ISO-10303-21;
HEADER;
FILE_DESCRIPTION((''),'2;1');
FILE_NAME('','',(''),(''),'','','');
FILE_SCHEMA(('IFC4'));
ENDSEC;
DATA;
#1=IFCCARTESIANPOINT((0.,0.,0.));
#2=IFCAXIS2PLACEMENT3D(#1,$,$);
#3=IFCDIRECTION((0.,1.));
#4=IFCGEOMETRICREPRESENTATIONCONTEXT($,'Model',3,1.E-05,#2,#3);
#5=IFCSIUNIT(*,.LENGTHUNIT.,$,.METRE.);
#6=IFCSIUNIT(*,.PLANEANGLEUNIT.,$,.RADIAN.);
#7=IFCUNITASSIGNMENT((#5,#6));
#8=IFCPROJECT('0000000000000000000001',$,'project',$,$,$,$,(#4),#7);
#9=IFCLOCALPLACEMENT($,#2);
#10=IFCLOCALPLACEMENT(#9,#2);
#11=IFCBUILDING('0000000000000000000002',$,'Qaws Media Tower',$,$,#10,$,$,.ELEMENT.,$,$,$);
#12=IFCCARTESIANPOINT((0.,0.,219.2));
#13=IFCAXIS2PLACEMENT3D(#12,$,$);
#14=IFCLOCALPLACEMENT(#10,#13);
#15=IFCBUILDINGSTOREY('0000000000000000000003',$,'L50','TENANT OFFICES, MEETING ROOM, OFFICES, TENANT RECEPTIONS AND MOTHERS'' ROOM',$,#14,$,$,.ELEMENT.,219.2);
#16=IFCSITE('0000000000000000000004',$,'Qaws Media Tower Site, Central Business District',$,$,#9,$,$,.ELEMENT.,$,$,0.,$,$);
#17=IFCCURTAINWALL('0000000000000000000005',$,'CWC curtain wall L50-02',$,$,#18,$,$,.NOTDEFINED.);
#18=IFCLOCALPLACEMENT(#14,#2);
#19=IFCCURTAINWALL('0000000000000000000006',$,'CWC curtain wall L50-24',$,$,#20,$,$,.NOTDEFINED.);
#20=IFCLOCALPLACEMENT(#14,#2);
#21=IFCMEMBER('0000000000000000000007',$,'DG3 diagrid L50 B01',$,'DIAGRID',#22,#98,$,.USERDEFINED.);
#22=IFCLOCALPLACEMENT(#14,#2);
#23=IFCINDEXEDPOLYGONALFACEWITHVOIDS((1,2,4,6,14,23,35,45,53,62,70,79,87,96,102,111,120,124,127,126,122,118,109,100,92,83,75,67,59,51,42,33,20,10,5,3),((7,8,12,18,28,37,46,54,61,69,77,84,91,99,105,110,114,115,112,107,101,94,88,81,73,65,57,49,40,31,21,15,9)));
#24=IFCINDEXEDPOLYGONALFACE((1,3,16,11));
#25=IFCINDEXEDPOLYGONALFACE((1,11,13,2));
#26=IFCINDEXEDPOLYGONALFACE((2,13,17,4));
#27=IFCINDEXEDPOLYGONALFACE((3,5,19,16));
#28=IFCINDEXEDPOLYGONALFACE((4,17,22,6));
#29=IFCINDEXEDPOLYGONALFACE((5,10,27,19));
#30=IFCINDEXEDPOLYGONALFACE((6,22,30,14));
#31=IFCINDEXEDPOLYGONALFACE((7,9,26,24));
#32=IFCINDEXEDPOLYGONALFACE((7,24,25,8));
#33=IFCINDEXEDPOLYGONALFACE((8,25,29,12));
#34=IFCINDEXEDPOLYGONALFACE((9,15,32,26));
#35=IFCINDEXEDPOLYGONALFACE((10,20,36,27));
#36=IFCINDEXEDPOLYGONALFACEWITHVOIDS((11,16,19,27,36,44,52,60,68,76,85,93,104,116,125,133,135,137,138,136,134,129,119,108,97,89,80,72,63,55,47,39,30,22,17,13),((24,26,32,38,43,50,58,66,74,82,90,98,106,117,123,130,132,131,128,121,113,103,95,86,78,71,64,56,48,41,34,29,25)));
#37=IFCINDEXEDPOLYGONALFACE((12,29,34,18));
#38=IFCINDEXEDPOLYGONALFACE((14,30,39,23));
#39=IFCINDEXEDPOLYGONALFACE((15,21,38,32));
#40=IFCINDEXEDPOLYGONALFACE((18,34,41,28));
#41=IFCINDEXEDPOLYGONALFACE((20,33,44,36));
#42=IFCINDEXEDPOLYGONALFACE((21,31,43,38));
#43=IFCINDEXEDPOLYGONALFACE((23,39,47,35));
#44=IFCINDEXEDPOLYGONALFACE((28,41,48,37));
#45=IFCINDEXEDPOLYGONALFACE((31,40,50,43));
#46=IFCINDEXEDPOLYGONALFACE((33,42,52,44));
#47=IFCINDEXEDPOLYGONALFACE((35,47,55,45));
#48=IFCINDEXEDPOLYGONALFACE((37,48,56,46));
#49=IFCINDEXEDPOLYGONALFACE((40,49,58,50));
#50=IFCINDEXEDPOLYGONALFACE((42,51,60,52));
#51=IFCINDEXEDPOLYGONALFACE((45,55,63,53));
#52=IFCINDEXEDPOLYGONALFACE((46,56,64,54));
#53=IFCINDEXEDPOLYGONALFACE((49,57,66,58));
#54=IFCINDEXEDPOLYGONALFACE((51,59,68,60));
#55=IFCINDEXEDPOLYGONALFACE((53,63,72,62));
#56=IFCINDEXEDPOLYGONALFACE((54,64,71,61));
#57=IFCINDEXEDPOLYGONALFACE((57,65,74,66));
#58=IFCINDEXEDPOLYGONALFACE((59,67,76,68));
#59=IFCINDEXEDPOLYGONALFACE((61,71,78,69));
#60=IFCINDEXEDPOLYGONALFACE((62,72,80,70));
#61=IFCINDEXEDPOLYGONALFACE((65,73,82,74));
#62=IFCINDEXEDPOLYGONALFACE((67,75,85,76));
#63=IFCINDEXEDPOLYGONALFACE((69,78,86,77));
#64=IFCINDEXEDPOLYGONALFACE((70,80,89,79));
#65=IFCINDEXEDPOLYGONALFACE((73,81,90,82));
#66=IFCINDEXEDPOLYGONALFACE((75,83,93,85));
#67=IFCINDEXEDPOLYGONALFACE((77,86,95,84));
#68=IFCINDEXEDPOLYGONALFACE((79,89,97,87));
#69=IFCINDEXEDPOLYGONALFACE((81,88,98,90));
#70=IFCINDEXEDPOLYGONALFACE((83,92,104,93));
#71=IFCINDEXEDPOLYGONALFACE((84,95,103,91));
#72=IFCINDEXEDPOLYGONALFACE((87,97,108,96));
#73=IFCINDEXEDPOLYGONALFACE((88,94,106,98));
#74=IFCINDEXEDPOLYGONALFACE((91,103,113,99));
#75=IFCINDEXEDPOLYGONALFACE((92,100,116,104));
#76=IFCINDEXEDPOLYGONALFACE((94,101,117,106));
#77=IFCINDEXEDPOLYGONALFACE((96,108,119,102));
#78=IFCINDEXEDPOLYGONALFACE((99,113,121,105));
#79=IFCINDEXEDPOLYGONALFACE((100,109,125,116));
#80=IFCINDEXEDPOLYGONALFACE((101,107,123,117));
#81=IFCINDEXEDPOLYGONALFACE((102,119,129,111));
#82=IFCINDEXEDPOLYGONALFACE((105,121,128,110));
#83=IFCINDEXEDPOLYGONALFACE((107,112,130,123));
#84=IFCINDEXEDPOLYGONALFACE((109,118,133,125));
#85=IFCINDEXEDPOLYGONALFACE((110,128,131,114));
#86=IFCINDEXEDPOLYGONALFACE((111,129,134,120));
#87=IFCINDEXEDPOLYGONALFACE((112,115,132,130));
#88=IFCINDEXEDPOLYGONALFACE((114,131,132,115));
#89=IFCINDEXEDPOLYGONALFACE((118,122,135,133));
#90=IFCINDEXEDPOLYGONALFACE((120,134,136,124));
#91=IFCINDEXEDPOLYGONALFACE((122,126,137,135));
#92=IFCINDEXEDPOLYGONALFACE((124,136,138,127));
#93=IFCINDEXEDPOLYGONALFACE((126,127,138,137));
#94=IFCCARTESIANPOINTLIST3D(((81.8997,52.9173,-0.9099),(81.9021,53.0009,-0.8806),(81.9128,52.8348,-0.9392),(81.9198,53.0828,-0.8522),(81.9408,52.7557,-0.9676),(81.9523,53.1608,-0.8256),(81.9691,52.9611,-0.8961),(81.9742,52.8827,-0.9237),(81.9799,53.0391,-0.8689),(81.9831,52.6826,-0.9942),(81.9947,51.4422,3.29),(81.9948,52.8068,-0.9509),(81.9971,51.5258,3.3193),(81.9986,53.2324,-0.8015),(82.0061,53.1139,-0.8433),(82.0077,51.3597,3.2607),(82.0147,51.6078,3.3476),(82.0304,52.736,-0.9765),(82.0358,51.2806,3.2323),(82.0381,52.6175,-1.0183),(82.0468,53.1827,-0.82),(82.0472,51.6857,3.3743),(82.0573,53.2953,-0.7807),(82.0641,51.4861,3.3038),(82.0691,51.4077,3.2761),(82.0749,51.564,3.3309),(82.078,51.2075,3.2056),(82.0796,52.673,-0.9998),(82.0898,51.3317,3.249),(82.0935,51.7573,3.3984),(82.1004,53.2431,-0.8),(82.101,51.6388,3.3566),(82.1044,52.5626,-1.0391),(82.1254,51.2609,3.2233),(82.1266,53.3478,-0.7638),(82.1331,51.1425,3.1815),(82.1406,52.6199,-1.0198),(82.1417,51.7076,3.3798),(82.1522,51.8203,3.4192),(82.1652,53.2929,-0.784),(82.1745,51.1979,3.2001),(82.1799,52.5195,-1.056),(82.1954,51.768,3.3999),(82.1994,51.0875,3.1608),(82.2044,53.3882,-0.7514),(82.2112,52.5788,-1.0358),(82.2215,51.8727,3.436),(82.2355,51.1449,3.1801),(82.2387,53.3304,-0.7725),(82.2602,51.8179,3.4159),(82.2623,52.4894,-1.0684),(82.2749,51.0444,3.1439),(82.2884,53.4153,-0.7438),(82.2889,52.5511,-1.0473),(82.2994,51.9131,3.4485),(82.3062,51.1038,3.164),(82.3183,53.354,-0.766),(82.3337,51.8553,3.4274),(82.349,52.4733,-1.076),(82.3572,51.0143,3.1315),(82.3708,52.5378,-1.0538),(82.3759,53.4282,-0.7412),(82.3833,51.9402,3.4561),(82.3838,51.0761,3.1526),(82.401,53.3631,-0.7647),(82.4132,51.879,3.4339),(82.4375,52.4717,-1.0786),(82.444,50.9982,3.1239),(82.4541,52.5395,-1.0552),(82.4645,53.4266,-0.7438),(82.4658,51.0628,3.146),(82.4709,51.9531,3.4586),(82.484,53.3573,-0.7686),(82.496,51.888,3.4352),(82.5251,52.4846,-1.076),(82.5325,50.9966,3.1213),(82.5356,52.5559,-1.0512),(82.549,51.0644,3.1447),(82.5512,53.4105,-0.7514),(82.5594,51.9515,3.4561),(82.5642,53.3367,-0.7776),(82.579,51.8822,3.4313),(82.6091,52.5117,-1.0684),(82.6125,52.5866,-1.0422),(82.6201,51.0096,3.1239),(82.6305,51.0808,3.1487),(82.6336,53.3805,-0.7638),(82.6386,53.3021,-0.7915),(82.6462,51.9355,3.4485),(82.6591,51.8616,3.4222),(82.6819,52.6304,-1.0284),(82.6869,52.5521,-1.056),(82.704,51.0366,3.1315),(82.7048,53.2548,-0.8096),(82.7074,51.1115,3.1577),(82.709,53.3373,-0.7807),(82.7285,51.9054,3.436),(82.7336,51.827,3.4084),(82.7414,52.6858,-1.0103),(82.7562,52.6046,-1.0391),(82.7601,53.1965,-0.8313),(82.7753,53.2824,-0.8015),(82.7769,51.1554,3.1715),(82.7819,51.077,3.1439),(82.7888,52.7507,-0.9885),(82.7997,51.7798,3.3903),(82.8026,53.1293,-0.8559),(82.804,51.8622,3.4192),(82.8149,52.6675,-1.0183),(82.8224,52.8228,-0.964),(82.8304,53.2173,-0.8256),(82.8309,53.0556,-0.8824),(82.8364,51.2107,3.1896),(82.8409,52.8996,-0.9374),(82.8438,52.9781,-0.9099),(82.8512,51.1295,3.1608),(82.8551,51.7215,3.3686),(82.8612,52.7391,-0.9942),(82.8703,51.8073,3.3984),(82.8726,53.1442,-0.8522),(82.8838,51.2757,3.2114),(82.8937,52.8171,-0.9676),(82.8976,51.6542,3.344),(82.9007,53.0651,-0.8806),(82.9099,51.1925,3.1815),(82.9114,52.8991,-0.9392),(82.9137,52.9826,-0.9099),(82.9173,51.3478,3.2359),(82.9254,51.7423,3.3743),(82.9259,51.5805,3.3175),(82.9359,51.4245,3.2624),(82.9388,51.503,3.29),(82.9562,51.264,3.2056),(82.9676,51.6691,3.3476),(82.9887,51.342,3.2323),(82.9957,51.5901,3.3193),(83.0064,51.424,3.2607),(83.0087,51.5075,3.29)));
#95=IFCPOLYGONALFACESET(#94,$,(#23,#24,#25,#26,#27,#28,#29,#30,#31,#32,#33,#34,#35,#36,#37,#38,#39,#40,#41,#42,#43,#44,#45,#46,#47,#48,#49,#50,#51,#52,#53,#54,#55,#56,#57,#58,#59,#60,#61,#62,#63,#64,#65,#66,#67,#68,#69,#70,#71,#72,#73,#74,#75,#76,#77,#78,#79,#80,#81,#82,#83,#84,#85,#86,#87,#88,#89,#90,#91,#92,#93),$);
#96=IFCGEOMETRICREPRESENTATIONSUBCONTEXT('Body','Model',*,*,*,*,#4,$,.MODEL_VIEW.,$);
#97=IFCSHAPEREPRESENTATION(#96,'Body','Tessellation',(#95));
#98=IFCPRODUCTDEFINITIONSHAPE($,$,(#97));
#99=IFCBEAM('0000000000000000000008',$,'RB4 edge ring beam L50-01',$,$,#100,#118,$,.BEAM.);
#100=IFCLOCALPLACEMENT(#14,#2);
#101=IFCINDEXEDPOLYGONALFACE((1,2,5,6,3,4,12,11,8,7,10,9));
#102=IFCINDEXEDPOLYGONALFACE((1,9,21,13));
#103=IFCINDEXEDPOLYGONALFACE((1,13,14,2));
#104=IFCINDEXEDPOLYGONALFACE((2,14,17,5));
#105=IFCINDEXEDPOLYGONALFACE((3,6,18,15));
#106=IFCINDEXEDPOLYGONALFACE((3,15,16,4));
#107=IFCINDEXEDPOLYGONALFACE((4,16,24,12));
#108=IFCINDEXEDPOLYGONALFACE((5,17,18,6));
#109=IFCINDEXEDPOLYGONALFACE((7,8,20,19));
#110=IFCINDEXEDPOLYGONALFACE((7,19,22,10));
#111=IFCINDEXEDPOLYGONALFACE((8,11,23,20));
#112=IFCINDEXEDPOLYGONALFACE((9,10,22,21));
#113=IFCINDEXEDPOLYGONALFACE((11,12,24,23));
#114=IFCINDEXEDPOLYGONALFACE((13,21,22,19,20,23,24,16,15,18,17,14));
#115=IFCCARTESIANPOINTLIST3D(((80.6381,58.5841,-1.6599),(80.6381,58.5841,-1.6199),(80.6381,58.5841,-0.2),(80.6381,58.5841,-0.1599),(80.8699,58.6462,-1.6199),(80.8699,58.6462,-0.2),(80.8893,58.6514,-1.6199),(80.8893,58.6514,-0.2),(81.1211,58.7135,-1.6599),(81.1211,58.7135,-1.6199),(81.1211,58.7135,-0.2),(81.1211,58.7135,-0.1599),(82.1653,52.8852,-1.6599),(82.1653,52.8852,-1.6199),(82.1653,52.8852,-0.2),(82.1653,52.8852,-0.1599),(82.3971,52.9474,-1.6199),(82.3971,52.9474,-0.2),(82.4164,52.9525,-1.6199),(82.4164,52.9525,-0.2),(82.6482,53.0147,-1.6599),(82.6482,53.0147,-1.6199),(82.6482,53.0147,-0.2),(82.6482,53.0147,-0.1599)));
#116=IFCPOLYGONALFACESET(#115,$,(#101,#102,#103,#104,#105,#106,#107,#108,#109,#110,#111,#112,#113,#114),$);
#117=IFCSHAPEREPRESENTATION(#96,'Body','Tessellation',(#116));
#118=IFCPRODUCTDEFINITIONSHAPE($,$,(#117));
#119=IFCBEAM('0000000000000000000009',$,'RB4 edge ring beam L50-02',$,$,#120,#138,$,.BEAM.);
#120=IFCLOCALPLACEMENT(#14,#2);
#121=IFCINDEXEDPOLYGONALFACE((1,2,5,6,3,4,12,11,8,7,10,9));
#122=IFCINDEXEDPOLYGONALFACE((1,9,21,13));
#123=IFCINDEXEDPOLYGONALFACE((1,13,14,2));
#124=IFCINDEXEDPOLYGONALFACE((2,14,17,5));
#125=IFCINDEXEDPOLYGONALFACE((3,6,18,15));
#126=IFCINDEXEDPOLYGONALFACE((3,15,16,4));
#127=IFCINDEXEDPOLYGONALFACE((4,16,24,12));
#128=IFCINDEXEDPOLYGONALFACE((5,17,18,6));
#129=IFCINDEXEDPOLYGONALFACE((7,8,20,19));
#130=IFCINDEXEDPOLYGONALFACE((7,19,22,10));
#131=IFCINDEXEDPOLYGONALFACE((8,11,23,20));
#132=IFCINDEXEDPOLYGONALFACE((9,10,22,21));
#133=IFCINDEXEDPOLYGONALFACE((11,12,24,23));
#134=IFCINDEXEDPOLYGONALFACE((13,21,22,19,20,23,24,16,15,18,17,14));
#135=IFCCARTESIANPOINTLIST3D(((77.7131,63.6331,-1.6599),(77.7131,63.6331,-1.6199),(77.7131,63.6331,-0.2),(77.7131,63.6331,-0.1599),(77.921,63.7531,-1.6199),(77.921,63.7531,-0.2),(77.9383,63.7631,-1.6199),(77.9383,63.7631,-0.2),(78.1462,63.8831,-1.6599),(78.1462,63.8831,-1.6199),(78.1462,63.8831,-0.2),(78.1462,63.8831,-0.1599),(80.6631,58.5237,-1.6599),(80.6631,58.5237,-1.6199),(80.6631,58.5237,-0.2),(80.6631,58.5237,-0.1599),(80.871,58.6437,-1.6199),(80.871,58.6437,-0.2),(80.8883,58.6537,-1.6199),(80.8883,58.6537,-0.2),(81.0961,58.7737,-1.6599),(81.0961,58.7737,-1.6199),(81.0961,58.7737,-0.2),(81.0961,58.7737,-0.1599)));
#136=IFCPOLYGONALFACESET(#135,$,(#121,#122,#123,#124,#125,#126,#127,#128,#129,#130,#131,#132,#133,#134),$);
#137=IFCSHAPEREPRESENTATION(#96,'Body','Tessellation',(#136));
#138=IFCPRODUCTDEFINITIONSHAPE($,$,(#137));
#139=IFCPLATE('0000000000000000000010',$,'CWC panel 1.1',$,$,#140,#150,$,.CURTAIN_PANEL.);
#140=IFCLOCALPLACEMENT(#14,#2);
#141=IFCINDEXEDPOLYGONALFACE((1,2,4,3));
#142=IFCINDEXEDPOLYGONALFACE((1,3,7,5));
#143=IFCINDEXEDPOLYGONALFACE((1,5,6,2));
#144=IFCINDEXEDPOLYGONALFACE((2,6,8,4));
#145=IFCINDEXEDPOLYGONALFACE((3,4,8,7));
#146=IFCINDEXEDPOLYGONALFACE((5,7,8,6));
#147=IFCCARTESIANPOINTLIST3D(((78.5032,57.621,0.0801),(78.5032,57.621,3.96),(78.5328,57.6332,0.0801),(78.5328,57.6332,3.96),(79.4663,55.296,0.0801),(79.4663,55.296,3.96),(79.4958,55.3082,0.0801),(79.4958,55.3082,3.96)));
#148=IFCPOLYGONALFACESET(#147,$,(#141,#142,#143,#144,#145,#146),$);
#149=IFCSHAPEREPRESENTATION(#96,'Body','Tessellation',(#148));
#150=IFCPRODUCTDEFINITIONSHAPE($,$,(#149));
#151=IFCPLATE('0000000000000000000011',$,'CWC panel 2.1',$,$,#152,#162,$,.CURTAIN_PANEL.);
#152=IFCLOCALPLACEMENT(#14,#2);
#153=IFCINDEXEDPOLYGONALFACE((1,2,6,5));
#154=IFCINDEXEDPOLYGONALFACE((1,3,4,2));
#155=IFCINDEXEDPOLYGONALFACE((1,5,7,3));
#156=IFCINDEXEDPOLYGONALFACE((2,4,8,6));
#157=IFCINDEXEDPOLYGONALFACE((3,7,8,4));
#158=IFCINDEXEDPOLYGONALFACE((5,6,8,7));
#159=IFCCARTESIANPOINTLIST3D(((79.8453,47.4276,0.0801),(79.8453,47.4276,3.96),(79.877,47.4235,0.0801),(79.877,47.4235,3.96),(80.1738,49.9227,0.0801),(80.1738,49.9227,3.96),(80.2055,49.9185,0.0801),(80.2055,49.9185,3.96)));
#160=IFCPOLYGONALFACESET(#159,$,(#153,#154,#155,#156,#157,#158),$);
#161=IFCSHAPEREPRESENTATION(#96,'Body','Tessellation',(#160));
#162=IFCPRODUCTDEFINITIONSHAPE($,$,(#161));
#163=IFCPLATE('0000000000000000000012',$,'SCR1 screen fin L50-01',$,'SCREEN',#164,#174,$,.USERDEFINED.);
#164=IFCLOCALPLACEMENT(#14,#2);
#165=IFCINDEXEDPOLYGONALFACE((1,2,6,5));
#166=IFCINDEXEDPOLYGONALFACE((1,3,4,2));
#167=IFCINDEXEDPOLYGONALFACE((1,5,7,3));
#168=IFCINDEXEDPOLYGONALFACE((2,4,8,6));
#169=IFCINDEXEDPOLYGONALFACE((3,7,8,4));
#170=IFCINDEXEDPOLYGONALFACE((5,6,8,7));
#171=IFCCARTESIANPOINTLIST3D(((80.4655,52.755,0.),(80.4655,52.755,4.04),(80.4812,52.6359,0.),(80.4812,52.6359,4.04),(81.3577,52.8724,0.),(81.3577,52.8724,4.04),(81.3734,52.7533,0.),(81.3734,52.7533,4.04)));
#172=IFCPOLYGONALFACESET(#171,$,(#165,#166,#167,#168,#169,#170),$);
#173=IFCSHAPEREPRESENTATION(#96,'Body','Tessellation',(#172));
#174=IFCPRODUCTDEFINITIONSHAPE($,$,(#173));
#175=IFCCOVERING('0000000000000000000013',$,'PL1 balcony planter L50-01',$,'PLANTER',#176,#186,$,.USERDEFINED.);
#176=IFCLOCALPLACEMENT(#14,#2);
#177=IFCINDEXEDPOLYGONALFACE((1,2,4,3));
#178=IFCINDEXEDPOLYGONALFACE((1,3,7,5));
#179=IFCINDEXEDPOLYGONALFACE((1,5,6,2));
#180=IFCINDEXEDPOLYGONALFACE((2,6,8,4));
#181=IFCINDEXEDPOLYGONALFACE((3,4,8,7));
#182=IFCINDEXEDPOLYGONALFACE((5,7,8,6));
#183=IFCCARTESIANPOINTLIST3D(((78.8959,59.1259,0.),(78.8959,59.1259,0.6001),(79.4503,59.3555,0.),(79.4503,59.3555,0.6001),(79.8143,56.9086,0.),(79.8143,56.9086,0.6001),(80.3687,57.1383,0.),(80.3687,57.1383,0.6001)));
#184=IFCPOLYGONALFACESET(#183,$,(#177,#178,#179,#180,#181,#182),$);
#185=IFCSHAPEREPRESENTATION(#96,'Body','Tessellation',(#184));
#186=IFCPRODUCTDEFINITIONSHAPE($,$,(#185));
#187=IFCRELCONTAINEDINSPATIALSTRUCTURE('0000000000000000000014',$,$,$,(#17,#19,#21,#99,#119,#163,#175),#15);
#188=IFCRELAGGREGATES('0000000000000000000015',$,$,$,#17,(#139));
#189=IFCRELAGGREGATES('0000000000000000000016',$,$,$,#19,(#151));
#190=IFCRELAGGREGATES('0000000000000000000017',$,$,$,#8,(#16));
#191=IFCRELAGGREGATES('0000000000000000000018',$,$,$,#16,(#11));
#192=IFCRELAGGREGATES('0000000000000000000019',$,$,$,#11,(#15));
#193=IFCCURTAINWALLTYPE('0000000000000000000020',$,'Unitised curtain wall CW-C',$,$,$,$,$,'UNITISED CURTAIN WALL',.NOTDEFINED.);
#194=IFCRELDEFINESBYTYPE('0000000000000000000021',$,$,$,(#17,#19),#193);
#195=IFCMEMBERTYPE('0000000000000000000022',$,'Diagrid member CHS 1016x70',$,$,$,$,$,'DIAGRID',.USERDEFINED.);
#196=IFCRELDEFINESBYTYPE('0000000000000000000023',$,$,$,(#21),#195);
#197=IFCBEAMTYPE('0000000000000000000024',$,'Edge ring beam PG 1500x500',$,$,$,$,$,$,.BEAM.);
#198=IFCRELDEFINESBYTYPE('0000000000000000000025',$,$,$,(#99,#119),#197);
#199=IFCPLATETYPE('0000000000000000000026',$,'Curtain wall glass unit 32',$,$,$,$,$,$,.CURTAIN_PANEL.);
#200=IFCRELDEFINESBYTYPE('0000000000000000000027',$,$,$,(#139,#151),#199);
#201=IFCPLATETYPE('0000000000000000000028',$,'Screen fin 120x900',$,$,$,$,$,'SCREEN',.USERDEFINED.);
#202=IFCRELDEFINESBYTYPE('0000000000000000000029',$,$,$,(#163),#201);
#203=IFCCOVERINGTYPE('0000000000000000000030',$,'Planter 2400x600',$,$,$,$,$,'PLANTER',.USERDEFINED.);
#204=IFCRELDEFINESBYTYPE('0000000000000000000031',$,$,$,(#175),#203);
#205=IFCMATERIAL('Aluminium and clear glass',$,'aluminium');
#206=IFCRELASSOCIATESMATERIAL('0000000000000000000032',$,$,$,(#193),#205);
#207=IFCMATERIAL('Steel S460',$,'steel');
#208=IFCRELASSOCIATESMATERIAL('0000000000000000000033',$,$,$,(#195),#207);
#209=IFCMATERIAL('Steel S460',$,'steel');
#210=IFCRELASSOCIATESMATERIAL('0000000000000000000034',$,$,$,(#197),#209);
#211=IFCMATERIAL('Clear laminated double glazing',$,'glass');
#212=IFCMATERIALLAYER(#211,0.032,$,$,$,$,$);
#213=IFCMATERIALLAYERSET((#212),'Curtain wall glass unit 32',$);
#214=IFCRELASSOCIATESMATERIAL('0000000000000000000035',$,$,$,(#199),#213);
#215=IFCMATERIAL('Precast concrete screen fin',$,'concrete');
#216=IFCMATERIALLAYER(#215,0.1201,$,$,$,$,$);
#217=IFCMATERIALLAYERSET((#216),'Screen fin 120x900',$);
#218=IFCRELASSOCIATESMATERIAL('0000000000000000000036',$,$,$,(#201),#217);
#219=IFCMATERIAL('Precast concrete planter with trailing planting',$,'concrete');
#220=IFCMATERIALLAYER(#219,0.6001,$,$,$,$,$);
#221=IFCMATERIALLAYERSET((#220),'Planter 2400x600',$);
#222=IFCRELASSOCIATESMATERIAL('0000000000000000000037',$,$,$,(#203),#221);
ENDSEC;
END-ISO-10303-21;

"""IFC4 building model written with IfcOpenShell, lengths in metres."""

from ifc_helpers import new_model, si_unit, direction, frame, origin, origin_2d, place, context, subcontext, project, spatial, rectangle, hollow_circle, i_section, extrude, material, layer, layer_set, material_profile, profile_set, type_object, element, aggregate, save


model = new_model("IFC4")

# Units and contexts
model_context = context("Model", 3, precision=1e-05, world=origin(), true_north=direction((0.0, 1.0)))
body_context = subcontext(model_context, "Body", "Model", "MODEL_VIEW")
ifc_project = project(units=[si_unit("LENGTHUNIT", "METRE"), si_unit("PLANEANGLEUNIT", "RADIAN")], contexts=[model_context])

# Site, building, storey
site_placement = place(None, origin())
site = spatial("IfcSite", under=ifc_project, at=site_placement, Name="Qaws Media Tower Site, Central Business District", CompositionType="ELEMENT", RefElevation=0.0)
building_placement = place(site_placement, origin())
building = spatial("IfcBuilding", under=site, at=building_placement, Name="Qaws Media Tower", CompositionType="ELEMENT")
storey_placement = place(building_placement, frame((0.0, 0.0, 219.2)))
storey = spatial("IfcBuildingStorey", under=building, at=storey_placement, Name="L50", Description="TENANT OFFICES, MEETING ROOM, OFFICES, TENANT RECEPTIONS AND MOTHERS' ROOM", CompositionType="ELEMENT", Elevation=219.2)

# Curtain wall
ifc_material_1 = material(Name="Aluminium and clear glass", Category="aluminium")
curtain_wall_type = type_object("IfcCurtainWallType", Name="Unitised curtain wall CW-C", ElementType="UNITISED CURTAIN WALL", PredefinedType="NOTDEFINED", material=ifc_material_1)
curtain_wall_1_placement = place(storey_placement, origin())
curtain_wall_1 = element("IfcCurtainWall", 1, at=curtain_wall_1_placement, inside=storey, type_object=curtain_wall_type, Name="CWC curtain wall L50-02", PredefinedType="NOTDEFINED")

# Curtain wall
curtain_wall_2_placement = place(storey_placement, origin())
curtain_wall_2 = element("IfcCurtainWall", 2, at=curtain_wall_2_placement, inside=storey, type_object=curtain_wall_type, Name="CWC curtain wall L50-24", PredefinedType="NOTDEFINED")

# Member
ifc_material_2 = material(Name="Steel S460", Category="steel")
ifc_material_profile_1 = material_profile(ifc_material_2, hollow_circle(Radius=0.5081, WallThickness=0.0701, at=origin_2d()), Name="CHS 1016x70")
ifc_profile_set_1 = profile_set([ifc_material_profile_1], Name="Steel S460")
member_type_1 = type_object("IfcMemberType", Name="Diagrid member CHS 1016x70", ElementType="DIAGRID", PredefinedType="USERDEFINED", material=ifc_profile_set_1)
for number, where, z_axis, x_axis, name in (
    (3, (82.4067, 52.95, -0.9099), (0.02133, -0.331298, 0.943285), (0.997934, 0.06425, 0.0), "DG3 diagrid L50 B01"),
):
    element("IfcMember", number, at=place(storey_placement, frame(where, z_axis=z_axis, x_axis=x_axis)), inside=storey, type_object=member_type_1, Name=name, ObjectType="DIAGRID", PredefinedType="USERDEFINED", context=body_context, shape_type="SweptSolid", body=[
        extrude(hollow_circle(Radius=0.5081, WallThickness=0.0701, at=origin_2d()), origin(), (0.0, 0.0, 1.0), 4.4524),
    ])

# Beams
ifc_material_3 = material(Name="Steel S460", Category="steel")
ifc_material_profile_2 = material_profile(ifc_material_3, i_section(OverallWidth=0.5, OverallDepth=1.5, WebThickness=0.02, FlangeThickness=0.04, at=origin_2d()), Name="PG 1500x500")
ifc_profile_set_2 = profile_set([ifc_material_profile_2], Name="Steel S460")
beam_type = type_object("IfcBeamType", Name="Edge ring beam PG 1500x500", PredefinedType="BEAM", material=ifc_profile_set_2)
for number, where, z_axis, x_axis, name in (
    (4, (82.4067, 52.95, -0.9099), (-0.25884, 0.96592, 0.0), (-0.96592, -0.25884, 0.0), "RB4 edge ring beam L50-01"),
    (5, (80.8796, 58.6487, -0.9099), (-0.500007, 0.866022, 0.0), (-0.866022, -0.500007, 0.0), "RB4 edge ring beam L50-02"),
):
    element("IfcBeam", number, at=place(storey_placement, frame(where, z_axis=z_axis, x_axis=x_axis)), inside=storey, type_object=beam_type, Name=name, PredefinedType="BEAM", context=body_context, shape_type="SweptSolid", body=[
        extrude(i_section(OverallWidth=0.5, OverallDepth=1.5, WebThickness=0.02, FlangeThickness=0.04, at=origin_2d()), origin(), (0.0, 0.0, 1.0), 5.8999),
    ])

# Plates
ifc_material_4 = material(Name="Clear laminated double glazing", Category="glass")
ifc_layer_1 = layer(ifc_material_4, 0.032)
ifc_layer_set_1 = layer_set([ifc_layer_1], Name="Curtain wall glass unit 32")
plate_type_1 = type_object("IfcPlateType", Name="Curtain wall glass unit 32", PredefinedType="CURTAIN_PANEL", material=ifc_layer_set_1)
plate_1_placement = place(storey_placement, frame((78.9995, 56.4646, 0.0801), z_axis=(0.0, 0.0, 1.0), x_axis=(-0.382684, 0.923879, 0.0)))
plate_1 = element("IfcPlate", 6, at=plate_1_placement, type_object=plate_type_1, Name="CWC panel 1.1", PredefinedType="CURTAIN_PANEL", context=body_context, shape_type="SweptSolid", body=[
    extrude(rectangle(XDim=2.5166, YDim=0.032, at=origin_2d()), origin(), (0.0, 0.0, 1.0), 3.8799),
])
aggregate(curtain_wall_1, [plate_1])
plate_2_placement = place(storey_placement, frame((80.0254, 48.6731, 0.0801), z_axis=(0.0, 0.0, 1.0), x_axis=(0.130526, 0.991445, 0.0)))
plate_2 = element("IfcPlate", 7, at=plate_2_placement, type_object=plate_type_1, Name="CWC panel 2.1", PredefinedType="CURTAIN_PANEL", context=body_context, shape_type="SweptSolid", body=[
    extrude(rectangle(XDim=2.5166, YDim=0.032, at=origin_2d()), origin(), (0.0, 0.0, 1.0), 3.8799),
])
aggregate(curtain_wall_2, [plate_2])
ifc_material_5 = material(Name="Precast concrete screen fin", Category="concrete")
ifc_layer_2 = layer(ifc_material_5, 0.1201)
ifc_layer_set_2 = layer_set([ifc_layer_2], Name="Screen fin 120x900")
plate_type_2 = type_object("IfcPlateType", Name="Screen fin 120x900", ElementType="SCREEN", PredefinedType="USERDEFINED", material=ifc_layer_set_2)
plate_3_placement = place(storey_placement, frame((80.9194, 52.7542, 0.0), z_axis=(0.0, 0.0, 1.0), x_axis=(0.991445, 0.130526, 0.0)))
element("IfcPlate", 8, at=plate_3_placement, inside=storey, type_object=plate_type_2, Name="SCR1 screen fin L50-01", ObjectType="SCREEN", PredefinedType="USERDEFINED", context=body_context, shape_type="SweptSolid", body=[
    extrude(rectangle(XDim=0.8999, YDim=0.1201, at=origin_2d()), origin(), (0.0, 0.0, 1.0), 4.04),
])

# Covering
ifc_material_6 = material(Name="Precast concrete planter with trailing planting", Category="concrete")
ifc_layer_3 = layer(ifc_material_6, 0.6001)
ifc_layer_set_3 = layer_set([ifc_layer_3], Name="Planter 2400x600")
covering_type = type_object("IfcCoveringType", Name="Planter 2400x600", ElementType="PLANTER", PredefinedType="USERDEFINED", material=ifc_layer_set_3)
covering_placement = place(storey_placement, frame((79.6323, 58.1321, 0.0), z_axis=(0.0, 0.0, 1.0), x_axis=(-0.382683, 0.92388, 0.0)))
element("IfcCovering", 9, at=covering_placement, inside=storey, type_object=covering_type, Name="PL1 balcony planter L50-01", ObjectType="PLANTER", PredefinedType="USERDEFINED", context=body_context, shape_type="SweptSolid", body=[
    extrude(rectangle(XDim=2.3999, YDim=0.6001, at=origin_2d()), origin(), (0.0, 0.0, 1.0), 0.6001),
])

save(model, "model.ifc")
